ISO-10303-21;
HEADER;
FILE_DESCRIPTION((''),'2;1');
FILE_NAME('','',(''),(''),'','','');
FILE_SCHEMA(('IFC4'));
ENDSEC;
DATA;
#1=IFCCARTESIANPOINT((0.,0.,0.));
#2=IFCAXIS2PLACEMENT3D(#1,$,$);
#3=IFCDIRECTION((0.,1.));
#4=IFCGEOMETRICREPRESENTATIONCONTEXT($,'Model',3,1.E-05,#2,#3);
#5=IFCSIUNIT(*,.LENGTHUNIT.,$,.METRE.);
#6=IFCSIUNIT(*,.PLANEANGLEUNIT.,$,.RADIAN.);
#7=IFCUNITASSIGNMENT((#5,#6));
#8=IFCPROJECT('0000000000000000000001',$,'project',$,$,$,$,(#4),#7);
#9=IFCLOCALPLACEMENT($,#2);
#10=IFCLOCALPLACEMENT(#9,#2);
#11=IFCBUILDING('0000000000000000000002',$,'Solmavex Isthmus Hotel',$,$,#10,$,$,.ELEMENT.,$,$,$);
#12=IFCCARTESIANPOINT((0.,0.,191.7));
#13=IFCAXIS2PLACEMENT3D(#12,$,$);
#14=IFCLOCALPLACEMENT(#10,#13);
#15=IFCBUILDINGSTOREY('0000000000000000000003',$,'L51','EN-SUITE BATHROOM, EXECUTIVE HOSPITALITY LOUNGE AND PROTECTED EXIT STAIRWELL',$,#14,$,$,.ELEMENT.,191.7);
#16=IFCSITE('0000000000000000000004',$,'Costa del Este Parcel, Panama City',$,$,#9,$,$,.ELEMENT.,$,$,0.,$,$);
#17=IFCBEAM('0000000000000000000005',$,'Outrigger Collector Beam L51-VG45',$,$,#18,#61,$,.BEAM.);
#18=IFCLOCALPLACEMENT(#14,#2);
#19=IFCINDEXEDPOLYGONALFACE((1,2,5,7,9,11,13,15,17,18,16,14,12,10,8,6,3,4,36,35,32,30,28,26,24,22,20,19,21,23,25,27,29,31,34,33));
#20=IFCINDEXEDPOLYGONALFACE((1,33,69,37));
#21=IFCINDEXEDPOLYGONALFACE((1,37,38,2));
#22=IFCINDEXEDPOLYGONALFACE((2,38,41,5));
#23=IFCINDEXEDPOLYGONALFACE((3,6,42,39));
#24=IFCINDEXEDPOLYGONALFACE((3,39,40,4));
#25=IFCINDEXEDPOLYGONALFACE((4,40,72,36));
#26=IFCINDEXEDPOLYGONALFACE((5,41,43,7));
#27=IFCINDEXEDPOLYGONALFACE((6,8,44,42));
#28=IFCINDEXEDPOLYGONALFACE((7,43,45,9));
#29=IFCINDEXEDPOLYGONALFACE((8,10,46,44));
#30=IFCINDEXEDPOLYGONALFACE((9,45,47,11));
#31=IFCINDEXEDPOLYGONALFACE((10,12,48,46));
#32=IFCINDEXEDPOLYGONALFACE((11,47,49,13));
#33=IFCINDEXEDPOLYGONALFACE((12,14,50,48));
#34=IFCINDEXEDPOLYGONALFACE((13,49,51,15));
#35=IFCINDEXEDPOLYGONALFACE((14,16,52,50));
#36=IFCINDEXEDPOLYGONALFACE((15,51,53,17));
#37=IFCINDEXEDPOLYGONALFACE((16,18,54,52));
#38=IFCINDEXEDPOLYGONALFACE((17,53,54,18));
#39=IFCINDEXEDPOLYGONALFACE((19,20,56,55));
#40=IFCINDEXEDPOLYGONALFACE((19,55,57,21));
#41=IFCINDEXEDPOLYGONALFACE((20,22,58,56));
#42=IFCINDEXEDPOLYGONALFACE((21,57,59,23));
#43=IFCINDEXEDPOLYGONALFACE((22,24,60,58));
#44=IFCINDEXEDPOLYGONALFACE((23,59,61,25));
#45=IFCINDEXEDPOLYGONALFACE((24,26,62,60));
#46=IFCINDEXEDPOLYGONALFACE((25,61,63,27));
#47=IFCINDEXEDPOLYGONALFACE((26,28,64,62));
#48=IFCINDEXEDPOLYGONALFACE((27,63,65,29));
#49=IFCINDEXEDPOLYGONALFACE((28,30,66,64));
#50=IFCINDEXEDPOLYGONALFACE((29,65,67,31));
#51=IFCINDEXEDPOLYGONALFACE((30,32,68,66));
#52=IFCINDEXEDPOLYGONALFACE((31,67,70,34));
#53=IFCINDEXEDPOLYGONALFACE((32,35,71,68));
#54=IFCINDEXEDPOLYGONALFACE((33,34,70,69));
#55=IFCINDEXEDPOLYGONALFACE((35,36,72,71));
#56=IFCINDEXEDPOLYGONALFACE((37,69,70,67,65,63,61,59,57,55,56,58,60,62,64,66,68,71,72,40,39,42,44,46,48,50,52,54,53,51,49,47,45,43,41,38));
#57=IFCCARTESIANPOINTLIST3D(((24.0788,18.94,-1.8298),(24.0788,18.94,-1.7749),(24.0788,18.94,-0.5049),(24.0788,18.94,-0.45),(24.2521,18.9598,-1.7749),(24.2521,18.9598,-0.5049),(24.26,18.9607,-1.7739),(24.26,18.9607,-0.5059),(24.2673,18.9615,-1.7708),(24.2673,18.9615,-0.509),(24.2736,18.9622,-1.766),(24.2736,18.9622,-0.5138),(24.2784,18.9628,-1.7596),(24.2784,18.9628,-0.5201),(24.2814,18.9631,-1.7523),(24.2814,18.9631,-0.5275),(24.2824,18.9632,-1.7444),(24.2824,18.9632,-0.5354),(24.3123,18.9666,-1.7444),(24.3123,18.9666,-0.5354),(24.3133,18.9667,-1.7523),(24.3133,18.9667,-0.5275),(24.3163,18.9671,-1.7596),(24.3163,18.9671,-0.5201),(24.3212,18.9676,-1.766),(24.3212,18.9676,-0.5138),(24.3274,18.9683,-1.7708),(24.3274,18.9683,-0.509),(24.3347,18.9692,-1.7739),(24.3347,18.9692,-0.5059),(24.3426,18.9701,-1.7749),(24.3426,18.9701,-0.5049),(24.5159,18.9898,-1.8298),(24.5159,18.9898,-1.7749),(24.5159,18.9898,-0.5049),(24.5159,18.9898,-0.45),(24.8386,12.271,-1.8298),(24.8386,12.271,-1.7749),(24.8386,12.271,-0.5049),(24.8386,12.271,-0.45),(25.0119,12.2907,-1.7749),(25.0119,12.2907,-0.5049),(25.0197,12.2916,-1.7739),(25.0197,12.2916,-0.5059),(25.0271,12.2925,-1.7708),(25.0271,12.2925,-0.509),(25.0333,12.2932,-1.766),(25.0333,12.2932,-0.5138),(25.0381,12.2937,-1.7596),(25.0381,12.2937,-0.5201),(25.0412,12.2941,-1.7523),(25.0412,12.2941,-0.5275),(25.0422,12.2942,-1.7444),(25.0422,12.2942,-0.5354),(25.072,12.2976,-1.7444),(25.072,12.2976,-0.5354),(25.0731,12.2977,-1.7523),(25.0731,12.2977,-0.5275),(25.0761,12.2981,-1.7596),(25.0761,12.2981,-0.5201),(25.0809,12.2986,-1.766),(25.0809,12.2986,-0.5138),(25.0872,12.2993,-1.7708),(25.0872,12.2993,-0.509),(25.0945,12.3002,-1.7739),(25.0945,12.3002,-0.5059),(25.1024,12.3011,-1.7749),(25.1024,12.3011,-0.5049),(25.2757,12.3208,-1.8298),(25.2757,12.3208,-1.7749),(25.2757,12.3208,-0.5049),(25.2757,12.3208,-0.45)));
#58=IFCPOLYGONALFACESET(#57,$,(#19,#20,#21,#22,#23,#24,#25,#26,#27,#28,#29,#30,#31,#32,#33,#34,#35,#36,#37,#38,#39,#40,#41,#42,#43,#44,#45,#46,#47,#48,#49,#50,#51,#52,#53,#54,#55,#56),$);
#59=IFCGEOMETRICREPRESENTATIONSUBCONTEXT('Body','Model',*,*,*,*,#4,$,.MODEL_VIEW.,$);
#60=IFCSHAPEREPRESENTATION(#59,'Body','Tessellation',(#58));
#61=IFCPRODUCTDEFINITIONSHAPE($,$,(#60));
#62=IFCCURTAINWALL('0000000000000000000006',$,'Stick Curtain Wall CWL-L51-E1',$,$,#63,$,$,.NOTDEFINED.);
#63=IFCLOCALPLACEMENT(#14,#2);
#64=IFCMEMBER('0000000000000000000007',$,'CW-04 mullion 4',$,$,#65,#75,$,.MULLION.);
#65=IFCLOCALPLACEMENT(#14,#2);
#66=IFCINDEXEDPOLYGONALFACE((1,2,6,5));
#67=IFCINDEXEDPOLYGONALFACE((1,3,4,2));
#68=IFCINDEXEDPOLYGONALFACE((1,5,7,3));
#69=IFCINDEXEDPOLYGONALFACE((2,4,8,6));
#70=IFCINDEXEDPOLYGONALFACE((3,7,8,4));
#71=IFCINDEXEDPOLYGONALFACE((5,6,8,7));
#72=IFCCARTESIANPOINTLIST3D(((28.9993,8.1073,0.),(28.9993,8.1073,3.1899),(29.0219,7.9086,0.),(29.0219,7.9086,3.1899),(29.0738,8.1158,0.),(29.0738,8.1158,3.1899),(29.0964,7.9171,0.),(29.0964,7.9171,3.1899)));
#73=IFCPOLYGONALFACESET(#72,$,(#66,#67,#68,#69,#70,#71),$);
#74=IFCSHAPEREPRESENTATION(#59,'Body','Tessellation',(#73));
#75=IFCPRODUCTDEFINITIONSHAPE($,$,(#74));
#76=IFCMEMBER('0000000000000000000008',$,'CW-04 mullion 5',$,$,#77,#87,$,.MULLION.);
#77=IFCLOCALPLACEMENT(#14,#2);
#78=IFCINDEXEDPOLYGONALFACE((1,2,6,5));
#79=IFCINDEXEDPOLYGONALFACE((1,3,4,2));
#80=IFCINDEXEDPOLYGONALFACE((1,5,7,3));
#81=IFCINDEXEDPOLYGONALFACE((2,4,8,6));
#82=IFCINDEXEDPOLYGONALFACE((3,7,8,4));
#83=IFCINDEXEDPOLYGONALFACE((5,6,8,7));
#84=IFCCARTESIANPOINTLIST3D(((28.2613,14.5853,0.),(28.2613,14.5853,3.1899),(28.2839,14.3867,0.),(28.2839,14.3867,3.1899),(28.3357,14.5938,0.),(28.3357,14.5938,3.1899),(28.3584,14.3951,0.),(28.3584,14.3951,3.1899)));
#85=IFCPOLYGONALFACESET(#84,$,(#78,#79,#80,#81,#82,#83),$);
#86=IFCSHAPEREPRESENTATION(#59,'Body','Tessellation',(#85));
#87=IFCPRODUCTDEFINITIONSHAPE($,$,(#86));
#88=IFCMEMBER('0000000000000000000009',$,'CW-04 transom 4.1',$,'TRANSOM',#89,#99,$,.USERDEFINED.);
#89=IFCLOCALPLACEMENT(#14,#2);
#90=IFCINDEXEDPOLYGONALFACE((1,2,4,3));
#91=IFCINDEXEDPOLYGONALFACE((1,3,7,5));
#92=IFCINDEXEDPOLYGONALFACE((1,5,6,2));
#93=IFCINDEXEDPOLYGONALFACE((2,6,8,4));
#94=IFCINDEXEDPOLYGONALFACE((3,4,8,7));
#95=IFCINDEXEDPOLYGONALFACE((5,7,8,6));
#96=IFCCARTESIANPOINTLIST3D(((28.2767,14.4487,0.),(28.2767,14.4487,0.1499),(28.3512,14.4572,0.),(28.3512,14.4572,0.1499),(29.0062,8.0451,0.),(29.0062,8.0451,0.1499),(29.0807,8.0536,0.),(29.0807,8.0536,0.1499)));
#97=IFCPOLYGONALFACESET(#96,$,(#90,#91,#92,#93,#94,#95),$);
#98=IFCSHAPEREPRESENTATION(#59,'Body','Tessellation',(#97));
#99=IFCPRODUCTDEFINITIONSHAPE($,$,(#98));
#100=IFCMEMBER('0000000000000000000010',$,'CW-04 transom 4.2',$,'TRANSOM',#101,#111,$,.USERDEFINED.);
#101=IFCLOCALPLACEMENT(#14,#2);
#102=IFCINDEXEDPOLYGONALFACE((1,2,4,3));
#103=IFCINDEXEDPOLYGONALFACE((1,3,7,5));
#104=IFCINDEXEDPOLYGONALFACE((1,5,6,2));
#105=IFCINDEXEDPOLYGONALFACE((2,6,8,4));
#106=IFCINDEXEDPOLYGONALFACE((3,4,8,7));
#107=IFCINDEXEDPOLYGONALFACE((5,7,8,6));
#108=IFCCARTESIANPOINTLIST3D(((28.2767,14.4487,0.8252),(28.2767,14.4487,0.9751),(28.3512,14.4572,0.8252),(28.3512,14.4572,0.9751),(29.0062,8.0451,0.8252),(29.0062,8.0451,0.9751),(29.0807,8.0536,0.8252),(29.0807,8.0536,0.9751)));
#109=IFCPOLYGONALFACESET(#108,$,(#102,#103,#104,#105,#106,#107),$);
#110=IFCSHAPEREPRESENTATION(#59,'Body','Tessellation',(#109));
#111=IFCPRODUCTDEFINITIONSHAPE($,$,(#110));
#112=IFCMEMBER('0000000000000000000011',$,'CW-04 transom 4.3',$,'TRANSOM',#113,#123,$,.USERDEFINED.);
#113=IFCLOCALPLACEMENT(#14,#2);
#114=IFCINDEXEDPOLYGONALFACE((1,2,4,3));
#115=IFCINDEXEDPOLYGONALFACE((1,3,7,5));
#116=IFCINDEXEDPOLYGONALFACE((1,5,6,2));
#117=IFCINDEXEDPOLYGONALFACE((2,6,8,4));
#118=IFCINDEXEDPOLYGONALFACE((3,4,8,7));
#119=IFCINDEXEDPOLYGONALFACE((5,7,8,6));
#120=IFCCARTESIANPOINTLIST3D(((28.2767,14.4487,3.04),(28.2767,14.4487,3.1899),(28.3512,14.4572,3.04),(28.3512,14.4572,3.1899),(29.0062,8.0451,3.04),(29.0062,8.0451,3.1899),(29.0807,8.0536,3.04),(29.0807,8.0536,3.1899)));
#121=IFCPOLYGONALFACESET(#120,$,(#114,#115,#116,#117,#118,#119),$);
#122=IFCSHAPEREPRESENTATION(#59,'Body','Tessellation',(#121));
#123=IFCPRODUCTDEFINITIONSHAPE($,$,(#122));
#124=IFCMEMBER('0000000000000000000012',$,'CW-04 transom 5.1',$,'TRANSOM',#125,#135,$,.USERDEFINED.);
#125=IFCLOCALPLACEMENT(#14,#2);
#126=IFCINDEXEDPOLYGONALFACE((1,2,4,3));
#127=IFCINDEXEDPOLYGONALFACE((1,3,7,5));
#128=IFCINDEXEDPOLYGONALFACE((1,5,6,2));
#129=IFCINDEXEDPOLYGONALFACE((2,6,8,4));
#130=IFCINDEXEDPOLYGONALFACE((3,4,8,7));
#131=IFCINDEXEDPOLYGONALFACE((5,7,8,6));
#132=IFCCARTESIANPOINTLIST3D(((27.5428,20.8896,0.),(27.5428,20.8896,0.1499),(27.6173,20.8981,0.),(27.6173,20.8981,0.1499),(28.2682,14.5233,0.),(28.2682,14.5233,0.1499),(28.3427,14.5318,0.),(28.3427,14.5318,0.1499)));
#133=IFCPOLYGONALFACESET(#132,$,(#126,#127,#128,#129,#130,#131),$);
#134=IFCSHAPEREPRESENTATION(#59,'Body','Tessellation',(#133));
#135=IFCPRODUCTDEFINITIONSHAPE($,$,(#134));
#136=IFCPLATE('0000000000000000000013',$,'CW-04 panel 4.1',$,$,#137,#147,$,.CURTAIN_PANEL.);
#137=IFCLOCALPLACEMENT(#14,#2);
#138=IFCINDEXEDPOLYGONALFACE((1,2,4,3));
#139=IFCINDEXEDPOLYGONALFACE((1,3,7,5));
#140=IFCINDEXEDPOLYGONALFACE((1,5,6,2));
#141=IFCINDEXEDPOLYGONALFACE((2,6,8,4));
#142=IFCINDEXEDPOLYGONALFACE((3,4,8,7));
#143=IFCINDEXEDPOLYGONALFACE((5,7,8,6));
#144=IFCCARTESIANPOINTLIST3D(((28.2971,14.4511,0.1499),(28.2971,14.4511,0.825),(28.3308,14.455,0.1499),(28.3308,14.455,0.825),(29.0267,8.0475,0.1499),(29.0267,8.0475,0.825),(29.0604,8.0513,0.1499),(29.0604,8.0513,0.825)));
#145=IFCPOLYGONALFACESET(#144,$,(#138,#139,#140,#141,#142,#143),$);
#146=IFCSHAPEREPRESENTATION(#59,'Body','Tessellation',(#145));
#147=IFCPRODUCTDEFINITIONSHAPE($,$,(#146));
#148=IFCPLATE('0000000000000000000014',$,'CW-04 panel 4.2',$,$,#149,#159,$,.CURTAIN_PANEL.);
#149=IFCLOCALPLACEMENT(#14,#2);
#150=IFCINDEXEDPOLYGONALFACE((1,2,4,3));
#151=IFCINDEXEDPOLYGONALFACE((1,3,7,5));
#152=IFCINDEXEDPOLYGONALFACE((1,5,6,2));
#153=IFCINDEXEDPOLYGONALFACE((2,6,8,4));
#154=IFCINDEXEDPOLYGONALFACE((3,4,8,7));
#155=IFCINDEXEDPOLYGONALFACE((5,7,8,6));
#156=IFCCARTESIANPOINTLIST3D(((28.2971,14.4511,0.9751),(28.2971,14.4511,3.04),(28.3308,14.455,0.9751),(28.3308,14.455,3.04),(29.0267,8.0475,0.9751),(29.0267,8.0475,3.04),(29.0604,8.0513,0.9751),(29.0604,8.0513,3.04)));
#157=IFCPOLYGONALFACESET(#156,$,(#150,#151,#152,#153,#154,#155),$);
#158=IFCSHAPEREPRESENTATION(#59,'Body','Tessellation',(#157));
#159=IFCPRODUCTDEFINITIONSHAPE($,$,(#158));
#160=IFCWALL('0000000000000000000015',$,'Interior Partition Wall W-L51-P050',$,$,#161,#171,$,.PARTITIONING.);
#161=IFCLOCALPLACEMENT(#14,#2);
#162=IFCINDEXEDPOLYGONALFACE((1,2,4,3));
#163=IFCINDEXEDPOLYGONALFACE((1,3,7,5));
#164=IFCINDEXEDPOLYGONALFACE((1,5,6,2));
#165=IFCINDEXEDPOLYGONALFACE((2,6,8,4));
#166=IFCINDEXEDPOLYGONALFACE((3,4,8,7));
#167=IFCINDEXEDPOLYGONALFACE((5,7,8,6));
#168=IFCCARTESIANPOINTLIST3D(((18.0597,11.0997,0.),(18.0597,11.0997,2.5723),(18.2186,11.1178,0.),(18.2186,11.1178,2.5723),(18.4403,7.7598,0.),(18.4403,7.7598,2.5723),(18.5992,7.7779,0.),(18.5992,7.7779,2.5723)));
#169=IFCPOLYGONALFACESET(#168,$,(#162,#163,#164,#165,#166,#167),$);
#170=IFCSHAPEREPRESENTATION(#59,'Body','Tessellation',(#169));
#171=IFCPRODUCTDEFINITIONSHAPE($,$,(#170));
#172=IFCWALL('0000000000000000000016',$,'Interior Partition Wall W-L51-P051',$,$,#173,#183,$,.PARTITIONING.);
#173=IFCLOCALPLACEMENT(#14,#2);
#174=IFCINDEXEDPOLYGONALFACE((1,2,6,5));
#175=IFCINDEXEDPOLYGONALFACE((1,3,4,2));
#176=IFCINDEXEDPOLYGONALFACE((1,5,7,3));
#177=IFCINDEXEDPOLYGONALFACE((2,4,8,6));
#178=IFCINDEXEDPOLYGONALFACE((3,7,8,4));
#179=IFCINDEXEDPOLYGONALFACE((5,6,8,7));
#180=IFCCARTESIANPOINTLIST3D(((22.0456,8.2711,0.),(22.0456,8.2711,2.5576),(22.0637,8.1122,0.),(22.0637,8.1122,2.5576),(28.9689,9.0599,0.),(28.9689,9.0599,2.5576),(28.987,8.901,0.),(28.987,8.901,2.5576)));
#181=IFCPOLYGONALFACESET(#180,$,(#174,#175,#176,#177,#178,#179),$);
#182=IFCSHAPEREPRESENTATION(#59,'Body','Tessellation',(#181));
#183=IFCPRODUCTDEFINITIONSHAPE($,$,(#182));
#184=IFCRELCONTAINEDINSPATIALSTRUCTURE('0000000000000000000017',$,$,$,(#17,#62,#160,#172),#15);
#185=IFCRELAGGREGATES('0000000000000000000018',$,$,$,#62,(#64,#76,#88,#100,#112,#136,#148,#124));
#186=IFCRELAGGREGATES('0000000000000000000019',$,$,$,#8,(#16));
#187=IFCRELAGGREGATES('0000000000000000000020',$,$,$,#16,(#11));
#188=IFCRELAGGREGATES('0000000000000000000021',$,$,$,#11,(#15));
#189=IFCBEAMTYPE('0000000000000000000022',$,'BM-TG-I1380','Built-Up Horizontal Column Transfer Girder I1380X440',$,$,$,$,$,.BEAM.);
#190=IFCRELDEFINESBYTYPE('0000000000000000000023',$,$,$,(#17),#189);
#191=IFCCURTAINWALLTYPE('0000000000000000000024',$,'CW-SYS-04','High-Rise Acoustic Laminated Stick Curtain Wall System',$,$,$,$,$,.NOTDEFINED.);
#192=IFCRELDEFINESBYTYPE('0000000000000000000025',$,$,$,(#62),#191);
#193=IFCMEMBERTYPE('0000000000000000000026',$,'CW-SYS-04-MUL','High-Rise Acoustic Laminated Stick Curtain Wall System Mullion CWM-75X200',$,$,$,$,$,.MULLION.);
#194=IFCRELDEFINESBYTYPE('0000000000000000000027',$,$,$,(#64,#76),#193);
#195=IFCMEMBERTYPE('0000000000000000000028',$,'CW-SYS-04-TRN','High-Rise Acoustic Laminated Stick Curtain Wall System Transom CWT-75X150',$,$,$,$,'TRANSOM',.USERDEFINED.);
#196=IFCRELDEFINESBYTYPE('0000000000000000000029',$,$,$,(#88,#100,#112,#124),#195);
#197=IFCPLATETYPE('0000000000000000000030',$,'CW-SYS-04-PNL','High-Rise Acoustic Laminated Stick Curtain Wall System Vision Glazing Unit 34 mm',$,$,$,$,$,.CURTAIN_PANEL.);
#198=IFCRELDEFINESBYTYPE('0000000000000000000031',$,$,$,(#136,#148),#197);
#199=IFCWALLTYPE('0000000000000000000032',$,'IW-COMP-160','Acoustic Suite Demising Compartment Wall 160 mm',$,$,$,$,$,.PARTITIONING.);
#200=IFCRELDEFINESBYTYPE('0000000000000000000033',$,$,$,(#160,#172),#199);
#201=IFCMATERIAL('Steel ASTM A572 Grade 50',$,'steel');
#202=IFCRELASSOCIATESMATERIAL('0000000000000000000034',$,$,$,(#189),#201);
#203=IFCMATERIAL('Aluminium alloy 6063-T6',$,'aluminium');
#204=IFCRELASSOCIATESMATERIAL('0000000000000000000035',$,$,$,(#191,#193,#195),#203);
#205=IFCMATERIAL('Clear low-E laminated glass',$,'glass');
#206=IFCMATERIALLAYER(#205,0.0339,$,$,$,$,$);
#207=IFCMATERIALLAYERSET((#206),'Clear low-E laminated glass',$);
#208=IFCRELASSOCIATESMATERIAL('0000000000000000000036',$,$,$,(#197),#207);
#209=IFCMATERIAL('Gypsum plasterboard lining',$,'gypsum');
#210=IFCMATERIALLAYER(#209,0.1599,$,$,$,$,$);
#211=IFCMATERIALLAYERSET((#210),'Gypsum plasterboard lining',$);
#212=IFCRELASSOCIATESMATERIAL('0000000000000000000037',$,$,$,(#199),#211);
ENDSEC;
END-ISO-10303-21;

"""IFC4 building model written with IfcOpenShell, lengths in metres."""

from ifc_helpers import new_model, si_unit, direction, frame, frame_2d, origin, origin_2d, place, context, subcontext, project, spatial, rectangle, i_section, extrude, material, layer, layer_set, material_profile, profile_set, type_object, element, aggregate, save


model = new_model("IFC4")

# Units and contexts
model_context = context("Model", 3, precision=1e-05, world=origin(), true_north=direction((0.0, 1.0)))
body_context = subcontext(model_context, "Body", "Model", "MODEL_VIEW")
ifc_project = project(units=[si_unit("LENGTHUNIT", "METRE"), si_unit("PLANEANGLEUNIT", "RADIAN")], contexts=[model_context])

# Site, building, storey
site_placement = place(None, origin())
site = spatial("IfcSite", under=ifc_project, at=site_placement, Name="Costa del Este Parcel, Panama City", CompositionType="ELEMENT", RefElevation=0.0)
building_placement = place(site_placement, origin())
building = spatial("IfcBuilding", under=site, at=building_placement, Name="Solmavex Isthmus Hotel", CompositionType="ELEMENT")
storey_placement = place(building_placement, frame((0.0, 0.0, 191.7)))
storey = spatial("IfcBuildingStorey", under=building, at=storey_placement, Name="L51", Description="EN-SUITE BATHROOM, EXECUTIVE HOSPITALITY LOUNGE AND PROTECTED EXIT STAIRWELL", CompositionType="ELEMENT", Elevation=191.7)

# Beam
ifc_material_1 = material(Name="Steel ASTM A572 Grade 50", Category="steel")
ifc_material_profile_1 = material_profile(ifc_material_1, i_section(OverallWidth=0.4399, OverallDepth=1.3799, WebThickness=0.03, FlangeThickness=0.0549, FilletRadius=0.0305, at=origin_2d()), Name="I1380X440")
ifc_profile_set_1 = profile_set([ifc_material_profile_1], Name="Steel ASTM A572 Grade 50")
beam_type_1 = type_object("IfcBeamType", Name="BM-TG-I1380", Description="Built-Up Horizontal Column Transfer Girder I1380X440", PredefinedType="BEAM", material=ifc_profile_set_1)
beam_1_placement = place(storey_placement, frame((25.0571, 12.2959, -1.1399), z_axis=(-0.113194, 0.993573, 0.0), x_axis=(-0.993573, -0.113194, 0.0)))
element("IfcBeam", 1, at=beam_1_placement, inside=storey, type_object=beam_type_1, Name="Outrigger Collector Beam L51-VG45", PredefinedType="BEAM", context=body_context, shape_type="SweptSolid", body=[
    extrude(i_section(OverallWidth=0.4399, OverallDepth=1.3799, WebThickness=0.03, FlangeThickness=0.0549, FilletRadius=0.0305, at=origin_2d()), origin(), (0.0, 0.0, 1.0), 6.7122),
])

# Curtain wall, members, plates
ifc_material_2 = material(Name="Aluminium alloy 6063-T6", Category="aluminium")
curtain_wall_type = type_object("IfcCurtainWallType", Name="CW-SYS-04", Description="High-Rise Acoustic Laminated Stick Curtain Wall System", PredefinedType="NOTDEFINED", material=ifc_material_2)
curtain_wall_placement = place(storey_placement, origin())
curtain_wall = element("IfcCurtainWall", 2, at=curtain_wall_placement, inside=storey, type_object=curtain_wall_type, Name="Stick Curtain Wall CWL-L51-E1", PredefinedType="NOTDEFINED")
ifc_material_profile_2 = material_profile(ifc_material_2, rectangle(XDim=0.075, YDim=0.2, at=origin_2d()), Name="CWM-75X200")
ifc_profile_set_2 = profile_set([ifc_material_profile_2], Name="Aluminium alloy 6063-T6")
member_type_1 = type_object("IfcMemberType", Name="CW-SYS-04-MUL", Description="High-Rise Acoustic Laminated Stick Curtain Wall System Mullion CWM-75X200", PredefinedType="MULLION", material=ifc_profile_set_2)
member_1_placement = place(storey_placement, frame((29.0479, 8.0122, 0.0), z_axis=(0.0, 0.0, 1.0), x_axis=(-0.993572, -0.113203, 0.0)))
member_1 = element("IfcMember", 3, at=member_1_placement, type_object=member_type_1, Name="CW-04 mullion 4", PredefinedType="MULLION", context=body_context, shape_type="SweptSolid", body=[
    extrude(rectangle(XDim=0.075, YDim=0.2, at=origin_2d()), origin(), (0.0, 0.0, 1.0), 3.1899),
])
member_2_placement = place(storey_placement, frame((28.3098, 14.4902, 0.0), z_axis=(0.0, 0.0, 1.0), x_axis=(-0.993572, -0.113203, 0.0)))
member_2 = element("IfcMember", 4, at=member_2_placement, type_object=member_type_1, Name="CW-04 mullion 5", PredefinedType="MULLION", context=body_context, shape_type="SweptSolid", body=[
    extrude(rectangle(XDim=0.075, YDim=0.2, at=origin_2d()), origin(), (0.0, 0.0, 1.0), 3.1899),
])
ifc_material_profile_3 = material_profile(ifc_material_2, rectangle(XDim=0.075, YDim=0.1499, at=origin_2d()), Name="CWT-75X150")
ifc_profile_set_3 = profile_set([ifc_material_profile_3], Name="Aluminium alloy 6063-T6")
member_type_2 = type_object("IfcMemberType", Name="CW-SYS-04-TRN", Description="High-Rise Acoustic Laminated Stick Curtain Wall System Transom CWT-75X150", ElementType="TRANSOM", PredefinedType="USERDEFINED", material=ifc_profile_set_3)
member_3_placement = place(storey_placement, frame((29.0435, 8.0493, 0.075), z_axis=(-0.113188, 0.993574, 0.0), x_axis=(-0.993574, -0.113188, 0.0)))
member_3 = element("IfcMember", 5, at=member_3_placement, type_object=member_type_2, Name="CW-04 transom 4.1", ObjectType="TRANSOM", PredefinedType="USERDEFINED", context=body_context, shape_type="SweptSolid", body=[
    extrude(rectangle(XDim=0.075, YDim=0.1499, at=origin_2d()), origin(), (0.0, 0.0, 1.0), 6.4451),
])
member_4_placement = place(storey_placement, frame((29.0435, 8.0493, 0.9001), z_axis=(-0.113188, 0.993574, 0.0), x_axis=(-0.993574, -0.113188, 0.0)))
member_4 = element("IfcMember", 6, at=member_4_placement, type_object=member_type_2, Name="CW-04 transom 4.2", ObjectType="TRANSOM", PredefinedType="USERDEFINED", context=body_context, shape_type="SweptSolid", body=[
    extrude(rectangle(XDim=0.075, YDim=0.1499, at=origin_2d()), origin(), (0.0, 0.0, 1.0), 6.4451),
])
member_5_placement = place(storey_placement, frame((29.0435, 8.0493, 3.115), z_axis=(-0.113188, 0.993574, 0.0), x_axis=(-0.993574, -0.113188, 0.0)))
member_5 = element("IfcMember", 7, at=member_5_placement, type_object=member_type_2, Name="CW-04 transom 4.3", ObjectType="TRANSOM", PredefinedType="USERDEFINED", context=body_context, shape_type="SweptSolid", body=[
    extrude(rectangle(XDim=0.075, YDim=0.1499, at=origin_2d()), origin(), (0.0, 0.0, 1.0), 6.4451),
])
member_6_placement = place(storey_placement, frame((28.3054, 14.5276, 0.075), z_axis=(-0.113204, 0.993572, 0.0), x_axis=(-0.993572, -0.113204, 0.0)))
member_6 = element("IfcMember", 8, at=member_6_placement, type_object=member_type_2, Name="CW-04 transom 5.1", ObjectType="TRANSOM", PredefinedType="USERDEFINED", context=body_context, shape_type="SweptSolid", body=[
    extrude(rectangle(XDim=0.075, YDim=0.1499, at=origin_2d()), origin(), (0.0, 0.0, 1.0), 6.4075),
])
ifc_material_3 = material(Name="Clear low-E laminated glass", Category="glass")
ifc_layer_1 = layer(ifc_material_3, 0.0339)
ifc_layer_set_1 = layer_set([ifc_layer_1], Name="Clear low-E laminated glass")
plate_type = type_object("IfcPlateType", Name="CW-SYS-04-PNL", Description="High-Rise Acoustic Laminated Stick Curtain Wall System Vision Glazing Unit 34 mm", PredefinedType="CURTAIN_PANEL", material=ifc_layer_set_1)
plate_1_placement = place(storey_placement, frame((28.6787, 11.2512, 0.1499), z_axis=(0.0, 0.0, 1.0), x_axis=(-0.113203, 0.993572, 0.0)))
plate_1 = element("IfcPlate", 9, at=plate_1_placement, type_object=plate_type, Name="CW-04 panel 4.1", PredefinedType="CURTAIN_PANEL", context=body_context, shape_type="SweptSolid", body=[
    extrude(rectangle(XDim=6.4451, YDim=0.0339, at=origin_2d()), origin(), (0.0, 0.0, 1.0), 0.675),
])
plate_2_placement = place(storey_placement, frame((28.6787, 11.2512, 0.9751), z_axis=(0.0, 0.0, 1.0), x_axis=(-0.113203, 0.993572, 0.0)))
plate_2 = element("IfcPlate", 10, at=plate_2_placement, type_object=plate_type, Name="CW-04 panel 4.2", PredefinedType="CURTAIN_PANEL", context=body_context, shape_type="SweptSolid", body=[
    extrude(rectangle(XDim=6.4451, YDim=0.0339, at=origin_2d()), origin(), (0.0, 0.0, 1.0), 2.0649),
])
aggregate(curtain_wall, [member_1, member_2, member_3, member_4, member_5, plate_1, plate_2, member_6])

# Walls
ifc_material_4 = material(Name="Gypsum plasterboard lining", Category="gypsum")
ifc_layer_2 = layer(ifc_material_4, 0.1599)
ifc_layer_set_2 = layer_set([ifc_layer_2], Name="Gypsum plasterboard lining")
wall_type_1 = type_object("IfcWallType", Name="IW-COMP-160", Description="Acoustic Suite Demising Compartment Wall 160 mm", PredefinedType="PARTITIONING", material=ifc_layer_set_2)
wall_1_placement = place(storey_placement, frame((18.1392, 11.1086, 0.0), z_axis=(0.0, 0.0, 1.0), x_axis=(0.113229, -0.993569, 0.0)))
element("IfcWall", 11, at=wall_1_placement, inside=storey, type_object=wall_type_1, Name="Interior Partition Wall W-L51-P050", PredefinedType="PARTITIONING", context=body_context, shape_type="SweptSolid", body=[
    extrude(rectangle(XDim=3.3616, YDim=0.1599, at=frame_2d((1.6807, 0.0))), origin(), (0.0, 0.0, 1.0), 2.5723),
])
wall_2_placement = place(storey_placement, frame((28.9778, 8.9805, 0.0), z_axis=(0.0, 0.0, 1.0), x_axis=(-0.993572, -0.113204, 0.0)))
element("IfcWall", 12, at=wall_2_placement, inside=storey, type_object=wall_type_1, Name="Interior Partition Wall W-L51-P051", PredefinedType="PARTITIONING", context=body_context, shape_type="SweptSolid", body=[
    extrude(rectangle(XDim=6.968, YDim=0.1599, at=frame_2d((3.4839, 0.0))), origin(), (0.0, 0.0, 1.0), 2.5576),
])

save(model, "model.ifc")
